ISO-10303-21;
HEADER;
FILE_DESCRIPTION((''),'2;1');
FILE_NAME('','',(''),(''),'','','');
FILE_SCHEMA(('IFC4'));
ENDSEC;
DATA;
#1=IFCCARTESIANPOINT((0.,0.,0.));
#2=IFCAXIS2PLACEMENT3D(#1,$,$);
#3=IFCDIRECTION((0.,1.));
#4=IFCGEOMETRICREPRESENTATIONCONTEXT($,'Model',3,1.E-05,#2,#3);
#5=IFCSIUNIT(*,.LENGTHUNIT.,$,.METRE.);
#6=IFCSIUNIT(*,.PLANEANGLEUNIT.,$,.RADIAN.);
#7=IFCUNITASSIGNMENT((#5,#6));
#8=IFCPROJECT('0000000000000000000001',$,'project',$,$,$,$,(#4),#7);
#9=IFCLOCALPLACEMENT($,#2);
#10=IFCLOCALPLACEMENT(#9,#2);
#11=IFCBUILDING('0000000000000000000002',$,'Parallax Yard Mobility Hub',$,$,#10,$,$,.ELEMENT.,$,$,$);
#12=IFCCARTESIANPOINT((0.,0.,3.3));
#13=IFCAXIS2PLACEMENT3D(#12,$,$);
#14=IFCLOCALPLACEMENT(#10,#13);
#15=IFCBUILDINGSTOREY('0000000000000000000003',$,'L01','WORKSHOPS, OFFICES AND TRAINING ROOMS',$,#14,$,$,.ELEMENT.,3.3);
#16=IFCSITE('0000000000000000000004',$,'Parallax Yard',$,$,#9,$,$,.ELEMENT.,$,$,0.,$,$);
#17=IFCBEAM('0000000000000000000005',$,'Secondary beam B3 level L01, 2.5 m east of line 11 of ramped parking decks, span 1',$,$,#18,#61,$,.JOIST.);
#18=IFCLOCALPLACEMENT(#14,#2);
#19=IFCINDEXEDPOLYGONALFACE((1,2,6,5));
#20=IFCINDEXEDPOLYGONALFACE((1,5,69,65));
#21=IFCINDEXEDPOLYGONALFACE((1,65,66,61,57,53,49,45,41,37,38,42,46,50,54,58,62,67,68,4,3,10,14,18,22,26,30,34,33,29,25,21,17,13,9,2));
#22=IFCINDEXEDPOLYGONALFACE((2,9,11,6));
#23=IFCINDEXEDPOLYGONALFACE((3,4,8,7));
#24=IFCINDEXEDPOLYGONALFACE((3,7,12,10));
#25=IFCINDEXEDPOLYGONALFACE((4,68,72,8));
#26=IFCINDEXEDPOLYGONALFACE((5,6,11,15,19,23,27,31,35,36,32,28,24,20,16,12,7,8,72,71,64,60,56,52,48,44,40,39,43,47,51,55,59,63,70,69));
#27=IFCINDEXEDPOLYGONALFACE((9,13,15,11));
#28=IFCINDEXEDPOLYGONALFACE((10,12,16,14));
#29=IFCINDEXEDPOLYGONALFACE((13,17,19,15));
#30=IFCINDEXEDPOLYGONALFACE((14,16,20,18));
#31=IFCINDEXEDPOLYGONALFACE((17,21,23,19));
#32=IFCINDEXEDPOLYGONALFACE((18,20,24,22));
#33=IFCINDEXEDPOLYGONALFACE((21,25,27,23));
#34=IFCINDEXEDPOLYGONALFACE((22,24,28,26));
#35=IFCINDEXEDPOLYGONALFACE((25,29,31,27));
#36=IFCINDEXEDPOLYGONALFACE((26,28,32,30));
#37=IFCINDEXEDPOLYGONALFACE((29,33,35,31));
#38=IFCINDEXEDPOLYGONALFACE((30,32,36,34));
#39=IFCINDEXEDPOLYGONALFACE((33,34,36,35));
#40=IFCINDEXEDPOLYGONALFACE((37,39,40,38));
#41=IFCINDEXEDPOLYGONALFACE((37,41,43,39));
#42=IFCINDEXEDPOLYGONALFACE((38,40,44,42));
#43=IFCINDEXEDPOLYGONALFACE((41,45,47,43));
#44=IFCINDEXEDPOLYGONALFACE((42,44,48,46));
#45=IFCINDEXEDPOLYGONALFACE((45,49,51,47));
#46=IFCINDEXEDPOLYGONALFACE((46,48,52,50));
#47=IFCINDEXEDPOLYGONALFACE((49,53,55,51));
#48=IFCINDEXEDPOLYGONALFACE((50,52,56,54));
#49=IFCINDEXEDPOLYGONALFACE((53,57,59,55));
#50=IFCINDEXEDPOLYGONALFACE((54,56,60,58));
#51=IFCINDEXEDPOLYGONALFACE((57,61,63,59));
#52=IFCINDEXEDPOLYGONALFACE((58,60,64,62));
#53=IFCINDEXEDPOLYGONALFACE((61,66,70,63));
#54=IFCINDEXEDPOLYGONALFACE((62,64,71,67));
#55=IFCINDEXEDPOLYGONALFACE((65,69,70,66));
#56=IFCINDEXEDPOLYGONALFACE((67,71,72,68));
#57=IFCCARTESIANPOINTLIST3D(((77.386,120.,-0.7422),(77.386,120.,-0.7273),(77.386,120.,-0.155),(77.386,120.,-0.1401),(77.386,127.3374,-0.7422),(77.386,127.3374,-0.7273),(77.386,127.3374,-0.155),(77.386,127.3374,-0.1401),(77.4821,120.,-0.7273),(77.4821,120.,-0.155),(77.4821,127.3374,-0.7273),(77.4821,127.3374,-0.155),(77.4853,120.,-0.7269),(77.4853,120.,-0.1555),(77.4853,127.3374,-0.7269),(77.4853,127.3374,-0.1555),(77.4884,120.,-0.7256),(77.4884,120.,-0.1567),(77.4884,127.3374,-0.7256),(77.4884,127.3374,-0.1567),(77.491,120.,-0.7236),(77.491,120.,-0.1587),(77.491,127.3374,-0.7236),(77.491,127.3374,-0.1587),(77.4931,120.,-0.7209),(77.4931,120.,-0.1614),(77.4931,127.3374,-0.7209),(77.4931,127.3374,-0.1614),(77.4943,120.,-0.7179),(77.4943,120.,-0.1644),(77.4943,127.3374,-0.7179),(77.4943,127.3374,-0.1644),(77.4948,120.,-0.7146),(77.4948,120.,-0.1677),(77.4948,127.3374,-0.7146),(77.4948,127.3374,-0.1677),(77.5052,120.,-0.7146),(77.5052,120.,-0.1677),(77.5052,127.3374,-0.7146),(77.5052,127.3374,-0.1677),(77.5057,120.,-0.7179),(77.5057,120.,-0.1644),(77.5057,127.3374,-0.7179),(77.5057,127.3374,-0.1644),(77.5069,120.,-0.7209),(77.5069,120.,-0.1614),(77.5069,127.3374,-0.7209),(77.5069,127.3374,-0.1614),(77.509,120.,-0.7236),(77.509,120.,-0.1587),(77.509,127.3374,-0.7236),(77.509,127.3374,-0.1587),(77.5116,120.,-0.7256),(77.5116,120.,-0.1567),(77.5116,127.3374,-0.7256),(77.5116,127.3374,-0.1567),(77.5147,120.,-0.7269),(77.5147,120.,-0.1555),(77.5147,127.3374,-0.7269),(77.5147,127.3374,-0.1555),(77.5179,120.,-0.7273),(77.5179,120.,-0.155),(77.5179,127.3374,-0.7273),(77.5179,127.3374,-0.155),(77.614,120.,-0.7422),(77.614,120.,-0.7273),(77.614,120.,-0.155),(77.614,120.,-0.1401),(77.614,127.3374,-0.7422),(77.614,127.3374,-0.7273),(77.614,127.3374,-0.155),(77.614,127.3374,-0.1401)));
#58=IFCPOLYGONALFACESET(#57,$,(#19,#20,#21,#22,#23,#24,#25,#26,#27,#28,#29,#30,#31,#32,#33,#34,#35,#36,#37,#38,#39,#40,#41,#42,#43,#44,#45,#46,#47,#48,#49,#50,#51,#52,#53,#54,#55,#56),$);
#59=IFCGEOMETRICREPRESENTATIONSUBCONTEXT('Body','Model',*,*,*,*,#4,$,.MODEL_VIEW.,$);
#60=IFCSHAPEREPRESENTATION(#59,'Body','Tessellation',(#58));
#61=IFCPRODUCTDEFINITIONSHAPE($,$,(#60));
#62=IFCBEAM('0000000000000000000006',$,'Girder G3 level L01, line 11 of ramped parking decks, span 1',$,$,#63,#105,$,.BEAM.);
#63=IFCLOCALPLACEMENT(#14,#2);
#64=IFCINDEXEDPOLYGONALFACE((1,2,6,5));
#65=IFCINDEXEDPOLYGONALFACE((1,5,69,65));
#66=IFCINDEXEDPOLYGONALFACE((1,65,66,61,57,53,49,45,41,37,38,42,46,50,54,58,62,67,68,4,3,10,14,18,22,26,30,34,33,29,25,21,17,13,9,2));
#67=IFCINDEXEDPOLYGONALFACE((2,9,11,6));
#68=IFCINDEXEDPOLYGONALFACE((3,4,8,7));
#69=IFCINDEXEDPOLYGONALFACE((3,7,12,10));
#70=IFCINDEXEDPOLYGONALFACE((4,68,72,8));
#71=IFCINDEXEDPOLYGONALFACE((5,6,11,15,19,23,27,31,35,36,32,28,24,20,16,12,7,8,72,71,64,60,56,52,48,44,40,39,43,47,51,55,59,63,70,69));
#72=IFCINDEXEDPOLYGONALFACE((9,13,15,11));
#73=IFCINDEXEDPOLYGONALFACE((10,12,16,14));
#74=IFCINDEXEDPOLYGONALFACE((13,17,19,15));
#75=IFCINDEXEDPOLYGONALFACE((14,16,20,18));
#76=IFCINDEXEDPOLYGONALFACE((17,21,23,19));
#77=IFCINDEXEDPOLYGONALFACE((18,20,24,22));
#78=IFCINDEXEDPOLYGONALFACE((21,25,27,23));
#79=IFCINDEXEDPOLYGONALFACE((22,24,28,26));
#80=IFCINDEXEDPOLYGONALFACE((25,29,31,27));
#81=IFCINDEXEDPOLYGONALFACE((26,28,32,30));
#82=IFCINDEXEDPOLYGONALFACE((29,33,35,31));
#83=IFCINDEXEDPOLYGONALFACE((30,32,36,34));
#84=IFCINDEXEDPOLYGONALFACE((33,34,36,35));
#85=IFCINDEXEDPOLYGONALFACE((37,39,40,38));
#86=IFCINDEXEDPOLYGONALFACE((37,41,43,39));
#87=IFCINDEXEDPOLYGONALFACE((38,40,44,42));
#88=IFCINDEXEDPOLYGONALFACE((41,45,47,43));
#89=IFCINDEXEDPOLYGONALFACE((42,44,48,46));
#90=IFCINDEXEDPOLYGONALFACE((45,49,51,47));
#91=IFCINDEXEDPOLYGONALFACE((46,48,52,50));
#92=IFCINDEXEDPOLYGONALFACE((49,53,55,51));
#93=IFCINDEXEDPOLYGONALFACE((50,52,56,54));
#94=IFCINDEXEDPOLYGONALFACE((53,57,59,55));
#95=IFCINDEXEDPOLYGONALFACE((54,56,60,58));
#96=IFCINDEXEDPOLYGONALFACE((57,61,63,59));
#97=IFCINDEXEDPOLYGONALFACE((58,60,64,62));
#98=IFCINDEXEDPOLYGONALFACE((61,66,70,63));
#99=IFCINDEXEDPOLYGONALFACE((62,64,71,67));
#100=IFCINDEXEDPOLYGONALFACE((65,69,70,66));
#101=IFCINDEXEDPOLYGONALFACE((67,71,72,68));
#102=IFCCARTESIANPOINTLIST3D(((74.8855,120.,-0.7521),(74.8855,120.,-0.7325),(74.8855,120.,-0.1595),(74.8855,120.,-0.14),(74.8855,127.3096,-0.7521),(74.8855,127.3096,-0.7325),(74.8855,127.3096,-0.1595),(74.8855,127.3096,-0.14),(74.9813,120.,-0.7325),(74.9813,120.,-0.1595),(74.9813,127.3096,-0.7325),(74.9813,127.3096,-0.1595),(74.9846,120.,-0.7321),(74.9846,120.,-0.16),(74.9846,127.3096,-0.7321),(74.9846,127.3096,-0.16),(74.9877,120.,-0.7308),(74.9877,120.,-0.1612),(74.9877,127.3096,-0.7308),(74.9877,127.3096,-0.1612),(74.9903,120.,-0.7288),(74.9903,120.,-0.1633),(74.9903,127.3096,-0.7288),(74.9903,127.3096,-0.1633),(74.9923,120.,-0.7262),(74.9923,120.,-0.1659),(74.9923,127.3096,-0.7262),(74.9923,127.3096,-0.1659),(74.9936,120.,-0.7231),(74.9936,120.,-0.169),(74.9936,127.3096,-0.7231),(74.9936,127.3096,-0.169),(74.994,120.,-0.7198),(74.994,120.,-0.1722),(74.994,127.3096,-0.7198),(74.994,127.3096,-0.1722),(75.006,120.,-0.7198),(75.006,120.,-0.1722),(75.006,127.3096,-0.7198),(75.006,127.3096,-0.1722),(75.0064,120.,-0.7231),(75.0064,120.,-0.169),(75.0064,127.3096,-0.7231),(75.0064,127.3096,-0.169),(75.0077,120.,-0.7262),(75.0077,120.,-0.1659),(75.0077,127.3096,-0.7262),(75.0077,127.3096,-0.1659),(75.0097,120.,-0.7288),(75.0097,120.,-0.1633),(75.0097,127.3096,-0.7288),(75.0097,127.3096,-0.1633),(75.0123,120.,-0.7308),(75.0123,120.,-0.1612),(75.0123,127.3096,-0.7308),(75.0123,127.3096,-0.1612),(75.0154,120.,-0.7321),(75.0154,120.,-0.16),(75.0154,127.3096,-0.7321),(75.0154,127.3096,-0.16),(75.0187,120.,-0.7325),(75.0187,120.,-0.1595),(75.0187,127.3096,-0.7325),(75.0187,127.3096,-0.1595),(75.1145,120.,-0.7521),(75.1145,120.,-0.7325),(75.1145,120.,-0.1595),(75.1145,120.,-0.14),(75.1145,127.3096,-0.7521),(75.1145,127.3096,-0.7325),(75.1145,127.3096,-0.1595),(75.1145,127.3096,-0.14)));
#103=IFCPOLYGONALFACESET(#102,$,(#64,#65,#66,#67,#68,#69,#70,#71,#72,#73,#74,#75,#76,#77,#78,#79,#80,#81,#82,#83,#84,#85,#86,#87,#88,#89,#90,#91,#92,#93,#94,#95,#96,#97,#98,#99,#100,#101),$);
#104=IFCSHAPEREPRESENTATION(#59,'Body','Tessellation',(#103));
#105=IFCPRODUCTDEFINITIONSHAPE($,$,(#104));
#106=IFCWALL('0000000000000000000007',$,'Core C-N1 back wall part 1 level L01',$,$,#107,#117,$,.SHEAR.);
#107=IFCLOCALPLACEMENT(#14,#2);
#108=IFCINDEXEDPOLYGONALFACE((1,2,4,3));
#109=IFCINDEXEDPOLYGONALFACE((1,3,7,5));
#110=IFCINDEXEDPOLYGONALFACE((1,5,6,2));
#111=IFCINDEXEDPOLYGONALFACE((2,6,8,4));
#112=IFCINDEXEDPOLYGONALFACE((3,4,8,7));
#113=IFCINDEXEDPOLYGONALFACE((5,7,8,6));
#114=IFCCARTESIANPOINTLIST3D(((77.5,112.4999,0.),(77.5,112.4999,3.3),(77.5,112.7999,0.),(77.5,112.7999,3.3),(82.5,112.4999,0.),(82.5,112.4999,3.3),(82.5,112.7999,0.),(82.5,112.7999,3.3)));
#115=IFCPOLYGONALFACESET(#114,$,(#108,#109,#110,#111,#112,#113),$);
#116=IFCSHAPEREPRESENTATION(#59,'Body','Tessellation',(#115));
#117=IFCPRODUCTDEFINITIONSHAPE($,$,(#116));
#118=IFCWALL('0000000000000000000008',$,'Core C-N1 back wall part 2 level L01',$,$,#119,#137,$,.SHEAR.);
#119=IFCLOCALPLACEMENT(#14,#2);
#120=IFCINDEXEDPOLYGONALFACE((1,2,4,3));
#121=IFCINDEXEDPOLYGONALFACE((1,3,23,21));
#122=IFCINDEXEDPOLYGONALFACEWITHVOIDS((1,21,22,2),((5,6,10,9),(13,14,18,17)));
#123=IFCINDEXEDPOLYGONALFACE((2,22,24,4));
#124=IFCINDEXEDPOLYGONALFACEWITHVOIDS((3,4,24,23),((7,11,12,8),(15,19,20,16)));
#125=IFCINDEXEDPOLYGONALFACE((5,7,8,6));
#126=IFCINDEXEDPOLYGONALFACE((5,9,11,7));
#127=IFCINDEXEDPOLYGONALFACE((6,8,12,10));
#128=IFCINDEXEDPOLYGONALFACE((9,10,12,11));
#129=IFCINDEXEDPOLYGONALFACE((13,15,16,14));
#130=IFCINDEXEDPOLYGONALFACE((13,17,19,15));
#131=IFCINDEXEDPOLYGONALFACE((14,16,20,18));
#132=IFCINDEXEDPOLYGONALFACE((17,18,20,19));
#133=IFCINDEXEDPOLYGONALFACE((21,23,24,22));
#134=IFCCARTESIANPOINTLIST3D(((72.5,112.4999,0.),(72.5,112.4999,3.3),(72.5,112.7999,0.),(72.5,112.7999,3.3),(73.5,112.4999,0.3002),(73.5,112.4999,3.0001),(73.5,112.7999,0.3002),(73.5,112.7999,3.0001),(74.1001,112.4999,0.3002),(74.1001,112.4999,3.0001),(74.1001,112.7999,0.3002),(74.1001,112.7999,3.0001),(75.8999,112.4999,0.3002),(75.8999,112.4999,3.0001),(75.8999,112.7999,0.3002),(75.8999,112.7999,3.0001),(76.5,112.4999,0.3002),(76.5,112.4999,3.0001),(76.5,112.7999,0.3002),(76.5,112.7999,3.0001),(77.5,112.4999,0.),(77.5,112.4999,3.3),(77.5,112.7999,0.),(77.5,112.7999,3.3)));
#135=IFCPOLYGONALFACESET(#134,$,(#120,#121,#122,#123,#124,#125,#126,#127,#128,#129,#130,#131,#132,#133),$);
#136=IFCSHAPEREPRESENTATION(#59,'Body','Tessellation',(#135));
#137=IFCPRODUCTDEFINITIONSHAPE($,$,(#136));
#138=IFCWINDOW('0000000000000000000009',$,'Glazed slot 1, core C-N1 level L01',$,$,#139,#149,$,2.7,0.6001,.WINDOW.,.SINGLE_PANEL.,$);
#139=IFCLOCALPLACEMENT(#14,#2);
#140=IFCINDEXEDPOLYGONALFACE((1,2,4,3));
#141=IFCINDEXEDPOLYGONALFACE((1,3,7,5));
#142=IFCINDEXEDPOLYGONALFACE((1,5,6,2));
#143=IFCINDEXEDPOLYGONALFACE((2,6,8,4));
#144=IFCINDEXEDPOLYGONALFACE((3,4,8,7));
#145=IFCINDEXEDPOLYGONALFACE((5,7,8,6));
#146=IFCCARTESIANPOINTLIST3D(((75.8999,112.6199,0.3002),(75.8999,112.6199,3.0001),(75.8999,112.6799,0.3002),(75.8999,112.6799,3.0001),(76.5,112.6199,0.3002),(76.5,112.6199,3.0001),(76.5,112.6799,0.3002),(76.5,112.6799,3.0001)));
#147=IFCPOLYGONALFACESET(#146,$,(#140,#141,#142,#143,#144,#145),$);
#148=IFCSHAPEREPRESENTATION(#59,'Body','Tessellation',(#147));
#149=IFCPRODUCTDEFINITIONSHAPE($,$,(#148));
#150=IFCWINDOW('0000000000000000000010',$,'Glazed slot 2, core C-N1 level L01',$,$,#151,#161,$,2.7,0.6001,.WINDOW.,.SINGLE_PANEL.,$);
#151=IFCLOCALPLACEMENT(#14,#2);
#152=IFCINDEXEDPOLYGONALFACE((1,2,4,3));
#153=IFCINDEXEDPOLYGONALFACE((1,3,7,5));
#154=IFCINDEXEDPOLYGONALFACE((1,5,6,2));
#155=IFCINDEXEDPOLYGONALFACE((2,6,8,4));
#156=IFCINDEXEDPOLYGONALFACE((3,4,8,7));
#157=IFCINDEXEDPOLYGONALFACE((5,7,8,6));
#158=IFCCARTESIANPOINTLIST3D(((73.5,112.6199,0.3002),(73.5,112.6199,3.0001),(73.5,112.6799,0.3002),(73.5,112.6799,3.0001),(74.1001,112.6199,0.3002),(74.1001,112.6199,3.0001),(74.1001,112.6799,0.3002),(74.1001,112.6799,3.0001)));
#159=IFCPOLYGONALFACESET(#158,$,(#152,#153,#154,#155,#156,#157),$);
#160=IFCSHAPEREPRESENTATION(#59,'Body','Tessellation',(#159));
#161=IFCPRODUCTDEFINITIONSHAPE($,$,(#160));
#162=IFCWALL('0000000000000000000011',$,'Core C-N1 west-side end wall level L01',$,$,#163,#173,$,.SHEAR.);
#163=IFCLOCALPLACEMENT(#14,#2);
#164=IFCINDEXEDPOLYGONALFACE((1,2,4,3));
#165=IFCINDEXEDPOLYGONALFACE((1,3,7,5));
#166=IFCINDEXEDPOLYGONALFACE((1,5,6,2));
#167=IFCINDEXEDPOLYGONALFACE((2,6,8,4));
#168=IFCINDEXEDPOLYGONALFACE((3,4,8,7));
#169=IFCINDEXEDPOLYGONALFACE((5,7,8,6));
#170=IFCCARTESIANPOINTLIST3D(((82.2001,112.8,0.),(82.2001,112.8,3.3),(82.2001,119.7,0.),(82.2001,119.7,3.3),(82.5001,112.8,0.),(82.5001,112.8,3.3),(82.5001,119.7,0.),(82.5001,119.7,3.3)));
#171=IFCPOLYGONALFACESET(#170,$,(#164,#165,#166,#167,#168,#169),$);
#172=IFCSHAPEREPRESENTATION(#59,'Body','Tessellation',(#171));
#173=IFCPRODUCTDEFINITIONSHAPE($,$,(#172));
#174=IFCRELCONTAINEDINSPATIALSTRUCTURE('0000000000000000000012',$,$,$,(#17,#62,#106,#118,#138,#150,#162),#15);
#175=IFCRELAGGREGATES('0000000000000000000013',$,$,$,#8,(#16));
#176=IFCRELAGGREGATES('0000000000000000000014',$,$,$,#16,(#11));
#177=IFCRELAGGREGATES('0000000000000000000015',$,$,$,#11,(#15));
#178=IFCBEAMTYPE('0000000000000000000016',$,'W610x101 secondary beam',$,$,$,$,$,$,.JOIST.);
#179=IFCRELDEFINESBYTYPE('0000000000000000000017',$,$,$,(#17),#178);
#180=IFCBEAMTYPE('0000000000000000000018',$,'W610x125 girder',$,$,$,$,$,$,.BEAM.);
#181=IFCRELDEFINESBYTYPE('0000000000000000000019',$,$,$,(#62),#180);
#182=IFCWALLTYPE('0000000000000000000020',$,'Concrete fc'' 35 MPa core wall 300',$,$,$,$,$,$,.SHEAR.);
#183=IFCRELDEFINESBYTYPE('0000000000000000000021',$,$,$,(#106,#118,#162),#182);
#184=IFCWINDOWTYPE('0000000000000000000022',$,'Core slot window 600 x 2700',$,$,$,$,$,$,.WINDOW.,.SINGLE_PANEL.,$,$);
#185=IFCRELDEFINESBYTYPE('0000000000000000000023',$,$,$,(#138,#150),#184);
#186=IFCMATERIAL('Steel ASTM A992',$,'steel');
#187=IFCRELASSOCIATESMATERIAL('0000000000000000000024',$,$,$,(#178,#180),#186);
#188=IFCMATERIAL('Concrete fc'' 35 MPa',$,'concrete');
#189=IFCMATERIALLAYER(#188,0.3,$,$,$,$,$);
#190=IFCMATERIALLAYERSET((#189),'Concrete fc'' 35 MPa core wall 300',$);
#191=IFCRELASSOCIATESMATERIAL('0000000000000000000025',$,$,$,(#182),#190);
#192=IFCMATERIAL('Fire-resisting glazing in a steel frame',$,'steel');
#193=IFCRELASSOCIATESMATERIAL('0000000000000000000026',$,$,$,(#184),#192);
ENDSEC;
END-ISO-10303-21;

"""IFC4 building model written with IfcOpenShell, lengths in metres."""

from ifc_helpers import new_model, si_unit, direction, frame, frame_2d, origin, origin_2d, place, context, subcontext, project, spatial, rectangle, i_section, extrude, material, layer, layer_set, material_profile, profile_set, type_object, element, fill, save


model = new_model("IFC4")

# Units and contexts
model_context = context("Model", 3, precision=1e-05, world=origin(), true_north=direction((0.0, 1.0)))
body_context = subcontext(model_context, "Body", "Model", "MODEL_VIEW")
ifc_project = project(units=[si_unit("LENGTHUNIT", "METRE"), si_unit("PLANEANGLEUNIT", "RADIAN")], contexts=[model_context])

# Site, building, storey
site_placement = place(None, origin())
site = spatial("IfcSite", under=ifc_project, at=site_placement, Name="Parallax Yard", CompositionType="ELEMENT", RefElevation=0.0)
building_placement = place(site_placement, origin())
building = spatial("IfcBuilding", under=site, at=building_placement, Name="Parallax Yard Mobility Hub", CompositionType="ELEMENT")
storey_placement = place(building_placement, frame((0.0, 0.0, 3.3)))
storey = spatial("IfcBuildingStorey", under=building, at=storey_placement, Name="L01", Description="WORKSHOPS, OFFICES AND TRAINING ROOMS", CompositionType="ELEMENT", Elevation=3.3)

# Beams
ifc_material_1 = material(Name="Steel ASTM A992", Category="steel")
ifc_material_profile_1 = material_profile(ifc_material_1, i_section(OverallWidth=0.228, OverallDepth=0.6021, WebThickness=0.0105, FlangeThickness=0.0149, FilletRadius=0.0127, at=origin_2d()), Name="W610x101")
ifc_profile_set_1 = profile_set([ifc_material_profile_1], Name="Steel ASTM A992")
beam_type_1 = type_object("IfcBeamType", Name="W610x101 secondary beam", PredefinedType="JOIST", material=ifc_profile_set_1)
beam_1_placement = place(storey_placement, frame((77.5, 120.0, -0.4412), z_axis=(0.0, 1.0, 0.0), x_axis=(-1.0, 0.0, 0.0)))
element("IfcBeam", 1, at=beam_1_placement, inside=storey, type_object=beam_type_1, Name="Secondary beam B3 level L01, 2.5 m east of line 11 of ramped parking decks, span 1", PredefinedType="JOIST", context=body_context, shape_type="SweptSolid", body=[
    extrude(i_section(OverallWidth=0.228, OverallDepth=0.6021, WebThickness=0.0105, FlangeThickness=0.0149, FilletRadius=0.0127, at=origin_2d()), origin(), (0.0, 0.0, 1.0), 7.3374),
])
ifc_material_profile_2 = material_profile(ifc_material_1, i_section(OverallWidth=0.229, OverallDepth=0.6121, WebThickness=0.012, FlangeThickness=0.0195, FilletRadius=0.0127, at=origin_2d()), Name="W610x125")
ifc_profile_set_2 = profile_set([ifc_material_profile_2], Name="Steel ASTM A992")
beam_type_2 = type_object("IfcBeamType", Name="W610x125 girder", PredefinedType="BEAM", material=ifc_profile_set_2)
beam_2_placement = place(storey_placement, frame((75.0, 120.0, -0.446), z_axis=(0.0, 1.0, 0.0), x_axis=(-1.0, 0.0, 0.0)))
element("IfcBeam", 2, at=beam_2_placement, inside=storey, type_object=beam_type_2, Name="Girder G3 level L01, line 11 of ramped parking decks, span 1", PredefinedType="BEAM", context=body_context, shape_type="SweptSolid", body=[
    extrude(i_section(OverallWidth=0.229, OverallDepth=0.6121, WebThickness=0.012, FlangeThickness=0.0195, FilletRadius=0.0127, at=origin_2d()), origin(), (0.0, 0.0, 1.0), 7.3096),
])

# Wall
ifc_material_2 = material(Name="Concrete fc' 35 MPa", Category="concrete")
ifc_layer_1 = layer(ifc_material_2, 0.3)
ifc_layer_set_1 = layer_set([ifc_layer_1], Name="Concrete fc' 35 MPa core wall 300")
wall_type_1 = type_object("IfcWallType", Name="Concrete fc' 35 MPa core wall 300", PredefinedType="SHEAR", material=ifc_layer_set_1)
wall_1_placement = place(storey_placement, frame((82.5, 112.6499, 0.0), z_axis=(0.0, 0.0, 1.0), x_axis=(-1.0, 0.0, 0.0)))
element("IfcWall", 3, at=wall_1_placement, inside=storey, type_object=wall_type_1, Name="Core C-N1 back wall part 1 level L01", PredefinedType="SHEAR", context=body_context, shape_type="SweptSolid", body=[
    extrude(rectangle(XDim=5.0, YDim=0.3, at=frame_2d((2.5, 0.0))), origin(), (0.0, 0.0, 1.0), 3.3),
])

# Wall, openings, windows
wall_2_placement = place(storey_placement, frame((77.5, 112.6499, 0.0), z_axis=(0.0, 0.0, 1.0), x_axis=(-1.0, 0.0, 0.0)))
wall_2 = element("IfcWall", 4, at=wall_2_placement, inside=storey, type_object=wall_type_1, Name="Core C-N1 back wall part 2 level L01", PredefinedType="SHEAR", context=body_context, shape_type="SweptSolid", body=[
    extrude(rectangle(XDim=5.0, YDim=0.3, at=frame_2d((2.5, 0.0))), origin(), (0.0, 0.0, 1.0), 3.3),
])
opening_1_placement = place(wall_2_placement, frame((1.0, 0.0, 0.3)))
opening_1 = element("IfcOpeningElement", 5, at=opening_1_placement, cuts=wall_2, PredefinedType="OPENING", context=body_context, shape_type="SweptSolid", body=[
    extrude(rectangle(XDim=0.6001, YDim=2.7, at=frame_2d((0.3, 1.3501))), frame((0.0, 0.1602, 0.0), z_axis=(0.0, -1.0, 0.0), x_axis=(1.0, 0.0, 0.0)), (0.0, 0.0, 1.0), 0.3201),
])
opening_2_placement = place(wall_2_placement, frame((3.3999, 0.0, 0.3)))
opening_2 = element("IfcOpeningElement", 6, at=opening_2_placement, cuts=wall_2, PredefinedType="OPENING", context=body_context, shape_type="SweptSolid", body=[
    extrude(rectangle(XDim=0.6001, YDim=2.7, at=frame_2d((0.3, 1.3501))), frame((0.0, 0.1602, 0.0), z_axis=(0.0, -1.0, 0.0), x_axis=(1.0, 0.0, 0.0)), (0.0, 0.0, 1.0), 0.3201),
])
ifc_material_3 = material(Name="Fire-resisting glazing in a steel frame", Category="steel")
window_type = type_object("IfcWindowType", Name="Core slot window 600 x 2700", PartitioningType="SINGLE_PANEL", PredefinedType="WINDOW", material=ifc_material_3)
window_1_placement = place(opening_1_placement, origin())
window_1 = element("IfcWindow", 7, at=window_1_placement, inside=storey, type_object=window_type, Name="Glazed slot 1, core C-N1 level L01", OverallHeight=2.7, OverallWidth=0.6001, PartitioningType="SINGLE_PANEL", PredefinedType="WINDOW", context=body_context, shape_type="SweptSolid", body=[
    extrude(rectangle(XDim=0.6001, YDim=2.7, at=frame_2d((0.3, 1.3501))), frame((0.0, 0.03, 0.0), z_axis=(0.0, -1.0, 0.0), x_axis=(1.0, 0.0, 0.0)), (0.0, 0.0, 1.0), 0.0601),
])
fill(opening_1, window_1)
window_2_placement = place(opening_2_placement, origin())
window_2 = element("IfcWindow", 8, at=window_2_placement, inside=storey, type_object=window_type, Name="Glazed slot 2, core C-N1 level L01", OverallHeight=2.7, OverallWidth=0.6001, PartitioningType="SINGLE_PANEL", PredefinedType="WINDOW", context=body_context, shape_type="SweptSolid", body=[
    extrude(rectangle(XDim=0.6001, YDim=2.7, at=frame_2d((0.3, 1.3501))), frame((0.0, 0.03, 0.0), z_axis=(0.0, -1.0, 0.0), x_axis=(1.0, 0.0, 0.0)), (0.0, 0.0, 1.0), 0.0601),
])
fill(opening_2, window_2)

# Wall
wall_3_placement = place(storey_placement, frame((82.3501, 119.7, 0.0), z_axis=(0.0, 0.0, 1.0), x_axis=(0.0, -1.0, 0.0)))
element("IfcWall", 9, at=wall_3_placement, inside=storey, type_object=wall_type_1, Name="Core C-N1 west-side end wall level L01", PredefinedType="SHEAR", context=body_context, shape_type="SweptSolid", body=[
    extrude(rectangle(XDim=6.8999, YDim=0.3, at=frame_2d((3.45, 0.0))), origin(), (0.0, 0.0, 1.0), 3.3),
])

save(model, "model.ifc")
